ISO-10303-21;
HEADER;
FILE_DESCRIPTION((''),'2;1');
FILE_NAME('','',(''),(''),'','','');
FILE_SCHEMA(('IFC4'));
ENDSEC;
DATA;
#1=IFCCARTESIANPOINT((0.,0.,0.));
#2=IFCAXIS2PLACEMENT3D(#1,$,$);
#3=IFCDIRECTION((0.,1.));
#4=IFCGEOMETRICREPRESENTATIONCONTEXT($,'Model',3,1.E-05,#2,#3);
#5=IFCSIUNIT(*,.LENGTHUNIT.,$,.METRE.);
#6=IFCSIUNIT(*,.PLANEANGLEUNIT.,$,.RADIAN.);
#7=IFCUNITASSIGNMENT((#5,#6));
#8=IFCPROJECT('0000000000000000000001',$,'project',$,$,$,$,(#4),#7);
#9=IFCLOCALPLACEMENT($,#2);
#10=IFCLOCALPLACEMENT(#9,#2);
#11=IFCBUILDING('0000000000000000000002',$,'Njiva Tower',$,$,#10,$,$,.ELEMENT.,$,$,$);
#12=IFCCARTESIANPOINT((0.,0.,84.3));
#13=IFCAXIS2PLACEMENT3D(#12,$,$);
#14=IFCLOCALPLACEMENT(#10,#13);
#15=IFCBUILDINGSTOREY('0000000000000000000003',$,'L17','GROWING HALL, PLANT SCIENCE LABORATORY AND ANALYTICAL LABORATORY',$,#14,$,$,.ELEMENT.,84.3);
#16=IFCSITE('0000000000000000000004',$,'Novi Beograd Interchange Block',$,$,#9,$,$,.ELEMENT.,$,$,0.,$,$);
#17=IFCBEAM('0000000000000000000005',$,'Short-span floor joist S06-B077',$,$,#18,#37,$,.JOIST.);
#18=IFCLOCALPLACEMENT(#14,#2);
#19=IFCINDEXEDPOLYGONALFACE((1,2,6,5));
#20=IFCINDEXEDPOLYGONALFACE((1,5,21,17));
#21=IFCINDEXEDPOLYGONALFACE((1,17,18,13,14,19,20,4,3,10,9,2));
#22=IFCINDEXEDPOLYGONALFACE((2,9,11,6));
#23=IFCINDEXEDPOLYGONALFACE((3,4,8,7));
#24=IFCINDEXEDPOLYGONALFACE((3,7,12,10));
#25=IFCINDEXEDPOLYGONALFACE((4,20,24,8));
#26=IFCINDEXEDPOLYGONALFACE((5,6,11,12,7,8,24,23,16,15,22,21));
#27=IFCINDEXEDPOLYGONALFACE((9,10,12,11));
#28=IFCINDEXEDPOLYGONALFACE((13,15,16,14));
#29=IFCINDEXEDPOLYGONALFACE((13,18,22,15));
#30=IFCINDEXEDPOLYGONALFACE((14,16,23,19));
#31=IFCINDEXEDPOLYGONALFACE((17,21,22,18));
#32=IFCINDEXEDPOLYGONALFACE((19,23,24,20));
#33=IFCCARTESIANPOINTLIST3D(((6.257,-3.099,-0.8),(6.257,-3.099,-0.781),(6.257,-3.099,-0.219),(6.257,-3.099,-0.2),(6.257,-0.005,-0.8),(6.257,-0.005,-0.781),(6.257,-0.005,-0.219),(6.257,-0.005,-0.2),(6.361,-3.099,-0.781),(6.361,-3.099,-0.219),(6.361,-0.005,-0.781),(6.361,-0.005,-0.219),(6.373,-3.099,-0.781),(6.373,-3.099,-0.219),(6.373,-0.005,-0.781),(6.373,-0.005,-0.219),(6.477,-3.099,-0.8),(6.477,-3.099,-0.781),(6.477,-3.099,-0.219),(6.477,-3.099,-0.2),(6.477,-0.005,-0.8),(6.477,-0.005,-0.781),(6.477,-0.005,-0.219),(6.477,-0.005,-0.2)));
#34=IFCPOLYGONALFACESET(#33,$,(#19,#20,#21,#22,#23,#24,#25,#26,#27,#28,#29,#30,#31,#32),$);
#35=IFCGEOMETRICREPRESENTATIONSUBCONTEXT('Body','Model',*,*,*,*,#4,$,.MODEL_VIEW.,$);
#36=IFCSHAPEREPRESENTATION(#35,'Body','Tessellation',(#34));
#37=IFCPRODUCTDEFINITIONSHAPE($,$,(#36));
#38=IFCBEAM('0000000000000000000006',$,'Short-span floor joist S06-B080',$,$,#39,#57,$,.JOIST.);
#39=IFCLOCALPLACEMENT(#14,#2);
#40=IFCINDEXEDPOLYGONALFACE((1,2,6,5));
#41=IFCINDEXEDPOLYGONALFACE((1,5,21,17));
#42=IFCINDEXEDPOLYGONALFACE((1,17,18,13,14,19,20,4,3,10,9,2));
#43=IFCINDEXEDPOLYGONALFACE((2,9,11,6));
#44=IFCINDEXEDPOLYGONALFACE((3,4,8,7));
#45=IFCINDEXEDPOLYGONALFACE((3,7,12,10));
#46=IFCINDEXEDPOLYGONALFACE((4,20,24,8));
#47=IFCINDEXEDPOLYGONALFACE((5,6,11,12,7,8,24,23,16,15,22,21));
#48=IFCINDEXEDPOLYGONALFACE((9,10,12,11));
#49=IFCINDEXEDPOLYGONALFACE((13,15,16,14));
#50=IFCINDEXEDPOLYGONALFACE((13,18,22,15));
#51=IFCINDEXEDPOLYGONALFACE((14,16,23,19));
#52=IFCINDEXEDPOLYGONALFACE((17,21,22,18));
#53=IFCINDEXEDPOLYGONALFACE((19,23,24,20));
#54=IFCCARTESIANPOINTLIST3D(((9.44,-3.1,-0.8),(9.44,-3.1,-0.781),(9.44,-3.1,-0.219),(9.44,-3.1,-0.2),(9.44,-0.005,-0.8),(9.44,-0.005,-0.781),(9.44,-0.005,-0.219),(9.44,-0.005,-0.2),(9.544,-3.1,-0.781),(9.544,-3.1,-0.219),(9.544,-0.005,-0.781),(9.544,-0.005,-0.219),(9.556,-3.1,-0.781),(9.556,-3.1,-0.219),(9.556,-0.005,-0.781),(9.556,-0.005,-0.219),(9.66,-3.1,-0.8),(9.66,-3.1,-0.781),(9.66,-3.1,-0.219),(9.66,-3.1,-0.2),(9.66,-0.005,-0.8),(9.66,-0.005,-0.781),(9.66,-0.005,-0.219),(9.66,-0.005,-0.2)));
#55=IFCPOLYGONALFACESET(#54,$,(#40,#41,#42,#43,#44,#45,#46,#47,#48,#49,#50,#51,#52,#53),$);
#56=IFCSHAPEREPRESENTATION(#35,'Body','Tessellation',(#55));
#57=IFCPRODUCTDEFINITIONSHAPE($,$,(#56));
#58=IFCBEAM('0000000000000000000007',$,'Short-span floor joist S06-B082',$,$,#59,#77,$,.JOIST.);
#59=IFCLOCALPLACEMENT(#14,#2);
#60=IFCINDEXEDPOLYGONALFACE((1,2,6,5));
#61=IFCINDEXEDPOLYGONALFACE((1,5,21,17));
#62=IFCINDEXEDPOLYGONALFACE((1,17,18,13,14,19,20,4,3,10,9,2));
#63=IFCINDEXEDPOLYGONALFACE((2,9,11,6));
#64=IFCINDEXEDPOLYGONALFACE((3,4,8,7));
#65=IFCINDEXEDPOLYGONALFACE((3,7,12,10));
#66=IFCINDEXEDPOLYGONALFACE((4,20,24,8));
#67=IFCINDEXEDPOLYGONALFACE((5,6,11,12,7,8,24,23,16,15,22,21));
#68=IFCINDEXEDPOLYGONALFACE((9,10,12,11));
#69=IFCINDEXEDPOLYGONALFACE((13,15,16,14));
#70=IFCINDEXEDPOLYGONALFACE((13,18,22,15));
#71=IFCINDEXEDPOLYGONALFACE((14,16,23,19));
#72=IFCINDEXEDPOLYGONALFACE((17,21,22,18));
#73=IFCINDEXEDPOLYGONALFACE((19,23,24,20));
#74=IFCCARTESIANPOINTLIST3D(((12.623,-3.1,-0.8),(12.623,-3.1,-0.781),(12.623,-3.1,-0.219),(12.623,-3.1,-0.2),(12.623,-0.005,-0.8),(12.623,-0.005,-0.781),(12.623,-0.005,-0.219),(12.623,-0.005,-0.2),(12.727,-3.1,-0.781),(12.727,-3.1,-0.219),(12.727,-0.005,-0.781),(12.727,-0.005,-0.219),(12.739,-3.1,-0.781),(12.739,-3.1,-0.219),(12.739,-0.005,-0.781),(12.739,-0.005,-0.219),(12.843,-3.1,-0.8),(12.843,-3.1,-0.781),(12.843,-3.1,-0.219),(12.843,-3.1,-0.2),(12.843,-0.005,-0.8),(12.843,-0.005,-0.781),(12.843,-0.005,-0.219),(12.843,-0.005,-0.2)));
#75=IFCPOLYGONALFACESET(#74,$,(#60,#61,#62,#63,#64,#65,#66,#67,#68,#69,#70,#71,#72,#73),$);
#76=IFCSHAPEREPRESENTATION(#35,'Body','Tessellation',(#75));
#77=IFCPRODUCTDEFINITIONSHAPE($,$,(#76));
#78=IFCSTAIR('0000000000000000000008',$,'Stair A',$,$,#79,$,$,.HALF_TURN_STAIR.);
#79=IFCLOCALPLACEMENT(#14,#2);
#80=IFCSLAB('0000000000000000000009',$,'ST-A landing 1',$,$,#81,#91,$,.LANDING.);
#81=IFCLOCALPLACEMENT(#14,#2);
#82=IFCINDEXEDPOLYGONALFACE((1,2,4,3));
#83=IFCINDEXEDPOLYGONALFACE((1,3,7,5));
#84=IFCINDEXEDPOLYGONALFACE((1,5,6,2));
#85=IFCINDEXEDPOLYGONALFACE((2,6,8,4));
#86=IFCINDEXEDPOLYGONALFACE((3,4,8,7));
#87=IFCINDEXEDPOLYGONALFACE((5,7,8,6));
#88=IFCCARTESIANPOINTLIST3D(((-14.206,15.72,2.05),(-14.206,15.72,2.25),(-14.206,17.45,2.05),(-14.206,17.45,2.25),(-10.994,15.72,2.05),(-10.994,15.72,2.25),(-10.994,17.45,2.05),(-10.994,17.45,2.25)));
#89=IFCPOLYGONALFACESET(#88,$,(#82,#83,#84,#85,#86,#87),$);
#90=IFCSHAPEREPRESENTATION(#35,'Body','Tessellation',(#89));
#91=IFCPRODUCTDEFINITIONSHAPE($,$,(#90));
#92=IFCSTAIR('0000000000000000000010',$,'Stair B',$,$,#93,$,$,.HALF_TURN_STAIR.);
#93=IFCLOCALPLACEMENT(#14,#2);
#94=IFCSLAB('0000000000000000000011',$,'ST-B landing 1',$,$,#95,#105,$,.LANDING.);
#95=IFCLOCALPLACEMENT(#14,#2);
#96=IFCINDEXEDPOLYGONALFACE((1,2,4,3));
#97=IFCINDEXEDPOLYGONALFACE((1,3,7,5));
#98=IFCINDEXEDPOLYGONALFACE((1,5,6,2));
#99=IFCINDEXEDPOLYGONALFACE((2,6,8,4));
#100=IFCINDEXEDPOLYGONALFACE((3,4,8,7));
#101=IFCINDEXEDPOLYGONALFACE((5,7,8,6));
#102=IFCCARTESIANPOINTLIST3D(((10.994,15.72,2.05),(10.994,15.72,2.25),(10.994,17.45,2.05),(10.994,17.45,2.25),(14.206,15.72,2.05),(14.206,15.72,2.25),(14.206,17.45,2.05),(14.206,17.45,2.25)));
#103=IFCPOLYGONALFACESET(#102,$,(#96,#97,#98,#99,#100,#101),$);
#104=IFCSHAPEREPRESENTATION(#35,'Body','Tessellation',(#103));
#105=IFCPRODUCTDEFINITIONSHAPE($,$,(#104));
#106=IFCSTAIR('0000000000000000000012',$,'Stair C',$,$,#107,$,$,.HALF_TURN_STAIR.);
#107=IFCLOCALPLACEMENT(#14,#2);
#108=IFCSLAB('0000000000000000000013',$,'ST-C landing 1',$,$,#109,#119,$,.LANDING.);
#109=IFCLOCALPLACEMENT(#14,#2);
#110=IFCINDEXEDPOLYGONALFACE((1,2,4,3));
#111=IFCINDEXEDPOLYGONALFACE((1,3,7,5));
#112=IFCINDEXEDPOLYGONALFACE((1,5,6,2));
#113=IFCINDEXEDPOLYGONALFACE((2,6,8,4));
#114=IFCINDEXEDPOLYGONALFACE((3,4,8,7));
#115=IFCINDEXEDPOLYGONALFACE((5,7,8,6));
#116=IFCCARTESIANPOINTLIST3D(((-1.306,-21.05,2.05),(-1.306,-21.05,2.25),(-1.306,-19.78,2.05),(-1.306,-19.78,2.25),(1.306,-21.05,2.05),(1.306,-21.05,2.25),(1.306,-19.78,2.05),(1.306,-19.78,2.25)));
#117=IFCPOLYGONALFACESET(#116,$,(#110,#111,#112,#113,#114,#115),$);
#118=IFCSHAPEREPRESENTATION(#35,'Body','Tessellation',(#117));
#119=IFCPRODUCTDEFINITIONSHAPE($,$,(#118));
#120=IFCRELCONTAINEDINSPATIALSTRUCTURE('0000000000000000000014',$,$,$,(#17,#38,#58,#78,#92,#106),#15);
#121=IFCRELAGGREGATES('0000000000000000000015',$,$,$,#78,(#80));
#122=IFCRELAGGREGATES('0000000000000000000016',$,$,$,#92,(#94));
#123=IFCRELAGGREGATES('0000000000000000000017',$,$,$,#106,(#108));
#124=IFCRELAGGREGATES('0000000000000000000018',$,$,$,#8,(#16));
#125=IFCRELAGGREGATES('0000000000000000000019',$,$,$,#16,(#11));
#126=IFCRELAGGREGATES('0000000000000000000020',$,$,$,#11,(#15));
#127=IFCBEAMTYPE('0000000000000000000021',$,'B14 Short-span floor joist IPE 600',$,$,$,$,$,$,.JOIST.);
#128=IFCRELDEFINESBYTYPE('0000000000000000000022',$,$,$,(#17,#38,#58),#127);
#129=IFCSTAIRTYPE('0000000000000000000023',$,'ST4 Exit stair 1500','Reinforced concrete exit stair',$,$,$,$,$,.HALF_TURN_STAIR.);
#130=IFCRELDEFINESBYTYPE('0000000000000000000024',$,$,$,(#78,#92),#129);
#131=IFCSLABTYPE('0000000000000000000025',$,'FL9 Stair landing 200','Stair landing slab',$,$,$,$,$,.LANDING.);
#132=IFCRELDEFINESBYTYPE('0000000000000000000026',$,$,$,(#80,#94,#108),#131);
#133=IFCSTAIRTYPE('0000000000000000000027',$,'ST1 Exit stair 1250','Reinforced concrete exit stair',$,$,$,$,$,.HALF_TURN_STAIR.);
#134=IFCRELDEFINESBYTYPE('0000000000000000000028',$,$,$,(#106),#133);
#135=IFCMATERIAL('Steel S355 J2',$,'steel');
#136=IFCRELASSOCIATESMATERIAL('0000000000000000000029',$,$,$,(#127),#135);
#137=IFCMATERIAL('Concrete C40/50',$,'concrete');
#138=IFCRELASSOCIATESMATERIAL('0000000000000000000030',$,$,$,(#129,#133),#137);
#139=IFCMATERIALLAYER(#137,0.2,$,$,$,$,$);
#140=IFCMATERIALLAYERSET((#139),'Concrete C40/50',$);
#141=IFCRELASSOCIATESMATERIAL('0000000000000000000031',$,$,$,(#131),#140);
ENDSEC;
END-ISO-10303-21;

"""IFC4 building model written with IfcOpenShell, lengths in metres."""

from ifc_helpers import new_model, si_unit, direction, frame, origin, origin_2d, place, context, subcontext, project, spatial, polyline, i_section, outline, extrude, material, layer, layer_set, material_profile, profile_set, type_object, element, aggregate, save


model = new_model("IFC4")

# Units and contexts
model_context = context("Model", 3, precision=1e-05, world=origin(), true_north=direction((0.0, 1.0)))
body_context = subcontext(model_context, "Body", "Model", "MODEL_VIEW")
ifc_project = project(units=[si_unit("LENGTHUNIT", "METRE"), si_unit("PLANEANGLEUNIT", "RADIAN")], contexts=[model_context])

# Site, building, storey
site_placement = place(None, origin())
site = spatial("IfcSite", under=ifc_project, at=site_placement, Name="Novi Beograd Interchange Block", CompositionType="ELEMENT", RefElevation=0.0)
building_placement = place(site_placement, origin())
building = spatial("IfcBuilding", under=site, at=building_placement, Name="Njiva Tower", CompositionType="ELEMENT")
storey_placement = place(building_placement, frame((0.0, 0.0, 84.3)))
storey = spatial("IfcBuildingStorey", under=building, at=storey_placement, Name="L17", Description="GROWING HALL, PLANT SCIENCE LABORATORY AND ANALYTICAL LABORATORY", CompositionType="ELEMENT", Elevation=84.3)

# Beams
ifc_material_1 = material(Name="Steel S355 J2", Category="steel")
ifc_material_profile = material_profile(ifc_material_1, i_section(OverallWidth=0.22, OverallDepth=0.6, WebThickness=0.012, FlangeThickness=0.019, at=origin_2d()), Name="IPE 600")
ifc_profile_set = profile_set([ifc_material_profile], Name="Steel S355 J2")
beam_type = type_object("IfcBeamType", Name="B14 Short-span floor joist IPE 600", PredefinedType="JOIST", material=ifc_profile_set)
beam_placement = place(storey_placement, frame((6.367, -0.005, -0.5), z_axis=(0.0, -1.0, 0.0), x_axis=(1.0, 0.0, 0.0)))
element("IfcBeam", 1, at=beam_placement, inside=storey, type_object=beam_type, Name="Short-span floor joist S06-B077", PredefinedType="JOIST", context=body_context, shape_type="SweptSolid", body=[
    extrude(i_section(OverallWidth=0.22, OverallDepth=0.6, WebThickness=0.012, FlangeThickness=0.019, at=origin_2d()), origin(), (0.0, 0.0, 1.0), 3.094),
])
for number, where, z_axis, x_axis, name in (
    (2, (9.55, -0.005, -0.5), (0.0, -1.0, 0.0), (1.0, 0.0, 0.0), "Short-span floor joist S06-B080"),
    (3, (12.733, -0.005, -0.5), (0.0, -1.0, 0.0), (1.0, 0.0, 0.0), "Short-span floor joist S06-B082"),
):
    element("IfcBeam", number, at=place(storey_placement, frame(where, z_axis=z_axis, x_axis=x_axis)), inside=storey, type_object=beam_type, Name=name, PredefinedType="JOIST", context=body_context, shape_type="SweptSolid", body=[
        extrude(i_section(OverallWidth=0.22, OverallDepth=0.6, WebThickness=0.012, FlangeThickness=0.019, at=origin_2d()), origin(), (0.0, 0.0, 1.0), 3.095),
    ])

# Stairs, slabs
ifc_material_2 = material(Name="Concrete C40/50", Category="concrete")
stair_type_1 = type_object("IfcStairType", Name="ST4 Exit stair 1500", Description="Reinforced concrete exit stair", PredefinedType="HALF_TURN_STAIR", material=ifc_material_2)
stair_1_placement = place(storey_placement, origin())
stair_1 = element("IfcStair", 4, at=stair_1_placement, inside=storey, type_object=stair_type_1, Name="Stair A", PredefinedType="HALF_TURN_STAIR")
ifc_layer_1 = layer(ifc_material_2, 0.2)
ifc_layer_set_1 = layer_set([ifc_layer_1], Name="Concrete C40/50")
slab_type_1 = type_object("IfcSlabType", Name="FL9 Stair landing 200", Description="Stair landing slab", PredefinedType="LANDING", material=ifc_layer_set_1)
slab_1_placement = place(storey_placement, frame((0.0, 0.0, 2.05)))
slab_1 = element("IfcSlab", 5, at=slab_1_placement, type_object=slab_type_1, Name="ST-A landing 1", PredefinedType="LANDING", context=body_context, shape_type="SweptSolid", body=[
    extrude(outline(polyline([(-14.206, 15.72), (-10.994, 15.72), (-10.994, 17.45), (-14.206, 17.45), (-14.206, 15.72)])), origin(), (0.0, 0.0, 1.0), 0.2),
])
aggregate(stair_1, [slab_1])
stair_2_placement = place(storey_placement, origin())
stair_2 = element("IfcStair", 6, at=stair_2_placement, inside=storey, type_object=stair_type_1, Name="Stair B", PredefinedType="HALF_TURN_STAIR")
slab_2_placement = place(storey_placement, frame((0.0, 0.0, 2.05)))
slab_2 = element("IfcSlab", 7, at=slab_2_placement, type_object=slab_type_1, Name="ST-B landing 1", PredefinedType="LANDING", context=body_context, shape_type="SweptSolid", body=[
    extrude(outline(polyline([(10.994, 15.72), (14.206, 15.72), (14.206, 17.45), (10.994, 17.45), (10.994, 15.72)])), origin(), (0.0, 0.0, 1.0), 0.2),
])
aggregate(stair_2, [slab_2])
stair_type_2 = type_object("IfcStairType", Name="ST1 Exit stair 1250", Description="Reinforced concrete exit stair", PredefinedType="HALF_TURN_STAIR", material=ifc_material_2)
stair_3_placement = place(storey_placement, origin())
stair_3 = element("IfcStair", 8, at=stair_3_placement, inside=storey, type_object=stair_type_2, Name="Stair C", PredefinedType="HALF_TURN_STAIR")
slab_3_placement = place(storey_placement, frame((0.0, 0.0, 2.05)))
slab_3 = element("IfcSlab", 9, at=slab_3_placement, type_object=slab_type_1, Name="ST-C landing 1", PredefinedType="LANDING", context=body_context, shape_type="SweptSolid", body=[
    extrude(outline(polyline([(-1.306, -21.05), (1.306, -21.05), (1.306, -19.78), (-1.306, -19.78), (-1.306, -21.05)])), origin(), (0.0, 0.0, 1.0), 0.2),
])
aggregate(stair_3, [slab_3])

save(model, "model.ifc")
